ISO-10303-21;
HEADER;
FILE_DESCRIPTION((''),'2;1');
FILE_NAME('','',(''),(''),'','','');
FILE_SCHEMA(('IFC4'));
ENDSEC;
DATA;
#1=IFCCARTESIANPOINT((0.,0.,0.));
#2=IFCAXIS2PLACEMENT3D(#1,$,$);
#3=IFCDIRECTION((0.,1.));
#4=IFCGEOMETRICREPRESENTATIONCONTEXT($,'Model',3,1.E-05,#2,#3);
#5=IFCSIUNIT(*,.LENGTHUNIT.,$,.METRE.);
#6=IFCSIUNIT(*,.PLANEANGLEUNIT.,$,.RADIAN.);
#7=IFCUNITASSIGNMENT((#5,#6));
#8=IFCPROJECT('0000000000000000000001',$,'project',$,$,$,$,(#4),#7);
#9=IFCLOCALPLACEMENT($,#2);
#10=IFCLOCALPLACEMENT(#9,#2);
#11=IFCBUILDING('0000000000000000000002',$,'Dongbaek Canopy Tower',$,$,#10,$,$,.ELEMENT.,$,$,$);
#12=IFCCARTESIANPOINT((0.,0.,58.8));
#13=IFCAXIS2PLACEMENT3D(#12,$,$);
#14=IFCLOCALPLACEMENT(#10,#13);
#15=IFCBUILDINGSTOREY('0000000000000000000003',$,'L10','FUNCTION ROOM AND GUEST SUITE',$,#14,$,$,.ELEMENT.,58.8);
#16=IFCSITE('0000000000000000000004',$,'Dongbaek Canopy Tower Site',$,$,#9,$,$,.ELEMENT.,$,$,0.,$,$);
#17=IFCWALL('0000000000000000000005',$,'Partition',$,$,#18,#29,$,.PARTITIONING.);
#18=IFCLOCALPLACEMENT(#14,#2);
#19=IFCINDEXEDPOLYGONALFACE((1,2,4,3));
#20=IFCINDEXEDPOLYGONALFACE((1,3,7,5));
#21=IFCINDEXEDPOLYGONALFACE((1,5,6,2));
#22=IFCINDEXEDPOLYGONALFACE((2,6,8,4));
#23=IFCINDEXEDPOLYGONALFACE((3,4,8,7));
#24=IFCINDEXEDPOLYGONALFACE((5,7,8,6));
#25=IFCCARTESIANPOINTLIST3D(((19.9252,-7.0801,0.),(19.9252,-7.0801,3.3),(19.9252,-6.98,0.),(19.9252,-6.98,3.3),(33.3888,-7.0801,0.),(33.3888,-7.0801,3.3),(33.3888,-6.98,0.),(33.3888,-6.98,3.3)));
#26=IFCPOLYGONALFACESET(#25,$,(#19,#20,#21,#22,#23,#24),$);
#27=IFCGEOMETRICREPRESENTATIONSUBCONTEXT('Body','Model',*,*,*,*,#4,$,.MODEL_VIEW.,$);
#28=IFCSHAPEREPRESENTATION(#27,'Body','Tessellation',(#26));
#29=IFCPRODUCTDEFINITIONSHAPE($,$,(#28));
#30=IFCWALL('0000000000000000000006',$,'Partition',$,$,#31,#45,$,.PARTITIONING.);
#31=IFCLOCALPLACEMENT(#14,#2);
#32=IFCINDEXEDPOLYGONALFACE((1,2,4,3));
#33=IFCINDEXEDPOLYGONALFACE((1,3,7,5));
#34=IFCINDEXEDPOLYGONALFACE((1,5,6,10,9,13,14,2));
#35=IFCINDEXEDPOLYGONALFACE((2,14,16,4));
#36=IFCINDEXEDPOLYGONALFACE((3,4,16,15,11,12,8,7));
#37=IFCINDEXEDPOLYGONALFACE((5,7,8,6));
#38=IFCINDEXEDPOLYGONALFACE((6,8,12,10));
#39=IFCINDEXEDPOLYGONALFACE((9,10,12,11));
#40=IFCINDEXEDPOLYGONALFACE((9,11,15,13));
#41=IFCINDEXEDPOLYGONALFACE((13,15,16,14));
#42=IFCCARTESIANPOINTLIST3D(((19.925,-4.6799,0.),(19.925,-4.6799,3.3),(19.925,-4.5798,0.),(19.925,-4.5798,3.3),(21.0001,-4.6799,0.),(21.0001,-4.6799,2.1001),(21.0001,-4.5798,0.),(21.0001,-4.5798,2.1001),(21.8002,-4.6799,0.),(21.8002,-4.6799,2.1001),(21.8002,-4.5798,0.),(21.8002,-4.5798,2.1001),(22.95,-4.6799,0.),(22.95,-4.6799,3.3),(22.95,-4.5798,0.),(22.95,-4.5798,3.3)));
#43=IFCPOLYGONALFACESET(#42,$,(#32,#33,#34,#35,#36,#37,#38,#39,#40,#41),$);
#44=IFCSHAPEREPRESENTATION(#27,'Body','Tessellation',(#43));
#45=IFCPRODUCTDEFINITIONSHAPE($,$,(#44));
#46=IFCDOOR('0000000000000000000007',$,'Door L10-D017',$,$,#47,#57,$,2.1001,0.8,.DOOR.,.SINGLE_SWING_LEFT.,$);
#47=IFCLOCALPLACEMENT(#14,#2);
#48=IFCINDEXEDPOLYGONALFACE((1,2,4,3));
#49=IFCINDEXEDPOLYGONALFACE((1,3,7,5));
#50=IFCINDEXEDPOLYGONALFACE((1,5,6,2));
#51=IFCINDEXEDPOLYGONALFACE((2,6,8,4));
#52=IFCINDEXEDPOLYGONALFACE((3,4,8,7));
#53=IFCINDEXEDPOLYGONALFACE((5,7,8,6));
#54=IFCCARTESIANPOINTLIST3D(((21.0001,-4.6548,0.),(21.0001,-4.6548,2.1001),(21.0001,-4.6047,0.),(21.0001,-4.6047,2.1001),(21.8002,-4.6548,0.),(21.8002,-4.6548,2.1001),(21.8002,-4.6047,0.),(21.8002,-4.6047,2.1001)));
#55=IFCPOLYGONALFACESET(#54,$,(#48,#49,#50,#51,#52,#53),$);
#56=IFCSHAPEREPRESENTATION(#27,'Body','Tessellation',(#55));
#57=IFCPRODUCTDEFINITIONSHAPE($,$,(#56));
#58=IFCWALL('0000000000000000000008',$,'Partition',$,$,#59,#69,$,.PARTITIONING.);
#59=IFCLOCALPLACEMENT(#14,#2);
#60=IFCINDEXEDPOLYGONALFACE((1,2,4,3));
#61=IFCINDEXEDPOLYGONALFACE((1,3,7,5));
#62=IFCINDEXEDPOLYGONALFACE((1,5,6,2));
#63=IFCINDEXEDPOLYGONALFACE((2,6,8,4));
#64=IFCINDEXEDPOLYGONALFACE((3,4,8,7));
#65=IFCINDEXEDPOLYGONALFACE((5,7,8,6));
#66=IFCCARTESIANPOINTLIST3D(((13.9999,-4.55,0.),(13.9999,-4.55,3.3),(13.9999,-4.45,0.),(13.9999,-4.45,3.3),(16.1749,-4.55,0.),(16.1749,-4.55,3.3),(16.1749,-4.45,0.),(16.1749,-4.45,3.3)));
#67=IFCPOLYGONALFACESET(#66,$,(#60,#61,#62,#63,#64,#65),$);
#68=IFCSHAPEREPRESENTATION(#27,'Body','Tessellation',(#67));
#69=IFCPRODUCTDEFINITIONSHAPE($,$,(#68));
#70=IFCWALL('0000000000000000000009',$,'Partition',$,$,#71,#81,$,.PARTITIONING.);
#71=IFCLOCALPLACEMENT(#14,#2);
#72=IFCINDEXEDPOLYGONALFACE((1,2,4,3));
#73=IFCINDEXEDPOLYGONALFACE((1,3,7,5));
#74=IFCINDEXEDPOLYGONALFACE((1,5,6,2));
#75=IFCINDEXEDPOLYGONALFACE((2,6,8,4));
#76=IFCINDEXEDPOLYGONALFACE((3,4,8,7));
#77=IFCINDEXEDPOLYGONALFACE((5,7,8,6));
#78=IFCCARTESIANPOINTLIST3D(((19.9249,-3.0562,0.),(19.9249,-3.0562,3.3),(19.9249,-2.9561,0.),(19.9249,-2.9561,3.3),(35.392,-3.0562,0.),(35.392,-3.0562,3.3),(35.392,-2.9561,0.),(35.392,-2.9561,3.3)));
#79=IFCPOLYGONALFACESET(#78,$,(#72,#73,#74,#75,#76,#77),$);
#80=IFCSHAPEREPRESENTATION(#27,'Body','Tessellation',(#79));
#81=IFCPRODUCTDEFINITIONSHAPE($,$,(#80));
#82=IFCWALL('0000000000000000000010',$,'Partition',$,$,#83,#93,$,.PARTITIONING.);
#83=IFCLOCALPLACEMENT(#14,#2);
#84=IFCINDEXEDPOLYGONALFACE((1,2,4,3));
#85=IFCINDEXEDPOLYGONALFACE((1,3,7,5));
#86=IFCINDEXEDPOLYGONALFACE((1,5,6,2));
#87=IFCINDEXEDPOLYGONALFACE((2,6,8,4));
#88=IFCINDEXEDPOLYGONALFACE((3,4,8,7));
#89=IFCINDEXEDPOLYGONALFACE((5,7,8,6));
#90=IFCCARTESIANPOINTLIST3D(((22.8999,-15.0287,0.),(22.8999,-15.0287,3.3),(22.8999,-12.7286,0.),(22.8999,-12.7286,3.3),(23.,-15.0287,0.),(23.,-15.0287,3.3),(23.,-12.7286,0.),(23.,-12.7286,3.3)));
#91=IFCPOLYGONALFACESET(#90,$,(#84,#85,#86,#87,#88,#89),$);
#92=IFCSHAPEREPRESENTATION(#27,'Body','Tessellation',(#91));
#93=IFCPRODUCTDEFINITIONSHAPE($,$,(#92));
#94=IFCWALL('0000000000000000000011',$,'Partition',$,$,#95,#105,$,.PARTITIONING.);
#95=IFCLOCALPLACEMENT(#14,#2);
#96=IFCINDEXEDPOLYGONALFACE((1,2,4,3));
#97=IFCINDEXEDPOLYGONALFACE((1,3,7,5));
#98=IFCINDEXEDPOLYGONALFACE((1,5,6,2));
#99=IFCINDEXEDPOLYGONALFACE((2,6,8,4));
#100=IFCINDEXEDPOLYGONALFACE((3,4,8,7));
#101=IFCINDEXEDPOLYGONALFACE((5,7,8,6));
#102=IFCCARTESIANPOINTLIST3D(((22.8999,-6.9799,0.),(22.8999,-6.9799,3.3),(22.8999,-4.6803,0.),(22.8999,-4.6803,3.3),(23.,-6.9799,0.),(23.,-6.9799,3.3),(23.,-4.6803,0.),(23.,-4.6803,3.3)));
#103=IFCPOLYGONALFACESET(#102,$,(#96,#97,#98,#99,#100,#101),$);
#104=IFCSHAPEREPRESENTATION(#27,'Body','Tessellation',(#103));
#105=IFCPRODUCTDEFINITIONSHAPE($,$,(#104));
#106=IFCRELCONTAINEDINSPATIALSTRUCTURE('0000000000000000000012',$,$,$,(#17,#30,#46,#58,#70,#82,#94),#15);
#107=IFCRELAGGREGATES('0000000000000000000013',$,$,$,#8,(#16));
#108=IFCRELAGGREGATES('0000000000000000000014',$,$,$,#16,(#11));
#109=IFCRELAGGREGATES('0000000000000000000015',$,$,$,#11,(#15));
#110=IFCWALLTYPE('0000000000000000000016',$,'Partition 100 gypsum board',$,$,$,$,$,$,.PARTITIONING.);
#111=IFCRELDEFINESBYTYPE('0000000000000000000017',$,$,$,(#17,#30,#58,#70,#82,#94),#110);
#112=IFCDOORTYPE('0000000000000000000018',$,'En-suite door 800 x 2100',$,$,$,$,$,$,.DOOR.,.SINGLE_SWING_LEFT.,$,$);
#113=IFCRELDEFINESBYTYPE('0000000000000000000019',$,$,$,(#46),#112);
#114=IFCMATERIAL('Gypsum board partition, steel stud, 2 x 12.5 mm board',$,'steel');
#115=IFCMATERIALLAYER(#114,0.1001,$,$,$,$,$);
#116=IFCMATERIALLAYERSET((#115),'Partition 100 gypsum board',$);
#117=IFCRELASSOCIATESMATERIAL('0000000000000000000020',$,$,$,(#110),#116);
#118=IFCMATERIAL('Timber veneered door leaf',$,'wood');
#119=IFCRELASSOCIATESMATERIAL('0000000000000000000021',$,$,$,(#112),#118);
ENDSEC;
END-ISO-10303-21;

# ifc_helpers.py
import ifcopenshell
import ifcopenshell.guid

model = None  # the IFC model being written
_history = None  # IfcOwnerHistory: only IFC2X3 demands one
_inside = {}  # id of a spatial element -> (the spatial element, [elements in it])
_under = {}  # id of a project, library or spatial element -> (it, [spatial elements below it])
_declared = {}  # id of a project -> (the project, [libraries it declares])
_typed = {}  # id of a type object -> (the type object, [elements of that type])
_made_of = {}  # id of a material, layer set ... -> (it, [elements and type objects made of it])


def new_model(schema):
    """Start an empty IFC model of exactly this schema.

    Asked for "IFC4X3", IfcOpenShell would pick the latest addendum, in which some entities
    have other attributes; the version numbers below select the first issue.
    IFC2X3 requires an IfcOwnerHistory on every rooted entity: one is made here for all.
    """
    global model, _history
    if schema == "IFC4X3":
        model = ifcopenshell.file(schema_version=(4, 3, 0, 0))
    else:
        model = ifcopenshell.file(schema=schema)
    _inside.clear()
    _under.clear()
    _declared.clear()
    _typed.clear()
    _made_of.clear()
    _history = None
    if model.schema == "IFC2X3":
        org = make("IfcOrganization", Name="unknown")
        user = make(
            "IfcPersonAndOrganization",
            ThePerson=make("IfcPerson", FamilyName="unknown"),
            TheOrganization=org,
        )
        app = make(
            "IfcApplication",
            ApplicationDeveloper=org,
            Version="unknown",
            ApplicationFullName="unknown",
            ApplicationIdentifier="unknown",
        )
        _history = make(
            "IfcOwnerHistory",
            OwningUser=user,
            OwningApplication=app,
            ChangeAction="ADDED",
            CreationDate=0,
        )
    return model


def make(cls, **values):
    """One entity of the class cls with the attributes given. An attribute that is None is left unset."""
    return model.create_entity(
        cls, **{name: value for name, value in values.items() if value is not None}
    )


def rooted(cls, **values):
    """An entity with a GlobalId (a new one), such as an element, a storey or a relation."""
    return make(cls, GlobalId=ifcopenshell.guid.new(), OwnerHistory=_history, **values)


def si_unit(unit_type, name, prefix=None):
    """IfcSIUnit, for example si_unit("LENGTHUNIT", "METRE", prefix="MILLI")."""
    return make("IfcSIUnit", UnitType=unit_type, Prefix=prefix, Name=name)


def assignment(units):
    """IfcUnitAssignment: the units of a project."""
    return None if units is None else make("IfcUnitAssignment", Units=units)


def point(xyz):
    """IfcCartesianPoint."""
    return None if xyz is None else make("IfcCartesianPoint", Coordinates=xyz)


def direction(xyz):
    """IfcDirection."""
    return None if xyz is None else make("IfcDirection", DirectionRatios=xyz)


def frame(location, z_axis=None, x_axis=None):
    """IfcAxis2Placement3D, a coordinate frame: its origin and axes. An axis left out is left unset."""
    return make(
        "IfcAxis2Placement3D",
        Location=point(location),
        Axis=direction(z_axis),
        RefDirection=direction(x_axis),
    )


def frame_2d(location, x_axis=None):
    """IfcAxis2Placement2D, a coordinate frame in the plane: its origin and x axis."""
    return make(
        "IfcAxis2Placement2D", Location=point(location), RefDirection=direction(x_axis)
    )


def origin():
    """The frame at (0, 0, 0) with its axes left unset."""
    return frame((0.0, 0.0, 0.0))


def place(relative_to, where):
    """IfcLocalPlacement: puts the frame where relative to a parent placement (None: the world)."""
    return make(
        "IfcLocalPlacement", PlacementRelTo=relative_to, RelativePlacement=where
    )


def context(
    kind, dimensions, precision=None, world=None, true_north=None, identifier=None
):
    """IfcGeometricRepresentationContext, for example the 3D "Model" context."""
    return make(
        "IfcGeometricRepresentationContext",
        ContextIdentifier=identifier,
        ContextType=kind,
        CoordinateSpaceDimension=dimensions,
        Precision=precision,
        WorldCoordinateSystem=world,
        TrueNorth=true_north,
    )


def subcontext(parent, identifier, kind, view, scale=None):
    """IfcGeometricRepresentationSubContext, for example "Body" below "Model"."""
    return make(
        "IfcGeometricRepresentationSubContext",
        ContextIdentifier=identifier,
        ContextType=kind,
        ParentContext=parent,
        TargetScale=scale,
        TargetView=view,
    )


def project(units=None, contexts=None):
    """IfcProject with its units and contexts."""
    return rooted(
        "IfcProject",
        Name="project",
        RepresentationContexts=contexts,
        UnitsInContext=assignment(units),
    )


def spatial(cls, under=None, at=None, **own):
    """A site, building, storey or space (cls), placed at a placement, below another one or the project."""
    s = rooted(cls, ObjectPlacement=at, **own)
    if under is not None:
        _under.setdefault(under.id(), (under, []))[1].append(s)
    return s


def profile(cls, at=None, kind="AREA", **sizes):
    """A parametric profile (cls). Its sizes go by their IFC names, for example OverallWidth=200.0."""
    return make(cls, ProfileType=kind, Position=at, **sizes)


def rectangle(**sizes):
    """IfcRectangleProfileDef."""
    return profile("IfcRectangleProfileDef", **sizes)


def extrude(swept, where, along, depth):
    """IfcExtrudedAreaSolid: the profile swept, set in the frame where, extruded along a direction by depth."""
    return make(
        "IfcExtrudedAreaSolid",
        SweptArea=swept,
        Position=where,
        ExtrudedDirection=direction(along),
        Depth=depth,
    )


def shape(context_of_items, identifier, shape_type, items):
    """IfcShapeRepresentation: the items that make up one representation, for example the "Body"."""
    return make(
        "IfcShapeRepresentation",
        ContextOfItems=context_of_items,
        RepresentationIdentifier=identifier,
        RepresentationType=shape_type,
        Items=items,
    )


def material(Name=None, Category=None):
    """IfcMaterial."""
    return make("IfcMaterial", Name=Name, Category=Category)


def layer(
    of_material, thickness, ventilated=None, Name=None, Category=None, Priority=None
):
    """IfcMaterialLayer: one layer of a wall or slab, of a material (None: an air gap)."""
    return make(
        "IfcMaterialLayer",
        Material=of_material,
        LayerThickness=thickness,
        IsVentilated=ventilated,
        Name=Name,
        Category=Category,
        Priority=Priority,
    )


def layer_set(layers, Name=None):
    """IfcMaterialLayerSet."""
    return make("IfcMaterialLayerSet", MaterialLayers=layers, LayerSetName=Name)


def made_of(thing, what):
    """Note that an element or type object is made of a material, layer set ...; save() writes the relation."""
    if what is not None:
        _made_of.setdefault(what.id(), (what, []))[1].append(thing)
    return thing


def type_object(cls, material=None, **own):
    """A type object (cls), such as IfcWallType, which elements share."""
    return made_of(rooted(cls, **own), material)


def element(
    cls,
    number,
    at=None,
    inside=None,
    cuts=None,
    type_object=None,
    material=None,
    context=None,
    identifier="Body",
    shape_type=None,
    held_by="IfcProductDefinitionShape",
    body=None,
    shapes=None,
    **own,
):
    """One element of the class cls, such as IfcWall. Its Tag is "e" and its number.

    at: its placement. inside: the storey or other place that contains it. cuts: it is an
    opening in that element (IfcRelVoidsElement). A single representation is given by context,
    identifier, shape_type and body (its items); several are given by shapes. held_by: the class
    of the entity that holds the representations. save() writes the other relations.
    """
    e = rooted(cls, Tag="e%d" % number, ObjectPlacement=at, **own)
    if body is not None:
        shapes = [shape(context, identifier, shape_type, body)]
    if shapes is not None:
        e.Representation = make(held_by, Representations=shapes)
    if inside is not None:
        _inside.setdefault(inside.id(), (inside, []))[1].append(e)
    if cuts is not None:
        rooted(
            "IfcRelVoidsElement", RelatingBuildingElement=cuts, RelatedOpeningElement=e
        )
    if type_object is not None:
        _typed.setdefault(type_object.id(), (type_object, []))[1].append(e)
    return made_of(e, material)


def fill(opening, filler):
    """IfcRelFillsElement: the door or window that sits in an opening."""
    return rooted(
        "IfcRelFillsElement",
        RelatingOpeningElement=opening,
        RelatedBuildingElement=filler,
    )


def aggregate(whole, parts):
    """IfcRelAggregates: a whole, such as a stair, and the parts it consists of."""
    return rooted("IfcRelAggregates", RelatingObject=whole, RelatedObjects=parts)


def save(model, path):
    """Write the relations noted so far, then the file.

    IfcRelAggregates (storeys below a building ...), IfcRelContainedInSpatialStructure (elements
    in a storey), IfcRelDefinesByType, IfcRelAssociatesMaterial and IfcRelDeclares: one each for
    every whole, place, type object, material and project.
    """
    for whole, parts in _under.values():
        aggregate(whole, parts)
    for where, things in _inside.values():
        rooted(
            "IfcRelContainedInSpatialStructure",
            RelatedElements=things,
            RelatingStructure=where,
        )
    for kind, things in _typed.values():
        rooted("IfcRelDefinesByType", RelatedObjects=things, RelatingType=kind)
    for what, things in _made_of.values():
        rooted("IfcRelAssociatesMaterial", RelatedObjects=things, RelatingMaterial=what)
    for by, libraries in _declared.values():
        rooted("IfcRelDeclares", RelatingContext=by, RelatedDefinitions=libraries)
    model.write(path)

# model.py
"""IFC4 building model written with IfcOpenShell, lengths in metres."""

from ifc_helpers import new_model, si_unit, direction, frame, frame_2d, origin, place, context, subcontext, project, spatial, rectangle, extrude, material, layer, layer_set, type_object, element, fill, save


model = new_model("IFC4")

# Units and contexts
model_context = context("Model", 3, precision=1e-05, world=origin(), true_north=direction((0.0, 1.0)))
body_context = subcontext(model_context, "Body", "Model", "MODEL_VIEW")
ifc_project = project(units=[si_unit("LENGTHUNIT", "METRE"), si_unit("PLANEANGLEUNIT", "RADIAN")], contexts=[model_context])

# Site, building, storey
site_placement = place(None, origin())
site = spatial("IfcSite", under=ifc_project, at=site_placement, Name="Dongbaek Canopy Tower Site", CompositionType="ELEMENT", RefElevation=0.0)
building_placement = place(site_placement, origin())
building = spatial("IfcBuilding", under=site, at=building_placement, Name="Dongbaek Canopy Tower", CompositionType="ELEMENT")
storey_placement = place(building_placement, frame((0.0, 0.0, 58.8)))
storey = spatial("IfcBuildingStorey", under=building, at=storey_placement, Name="L10", Description="FUNCTION ROOM AND GUEST SUITE", CompositionType="ELEMENT", Elevation=58.8)

# Shared definitions
ifc_material_1 = material(Name="Gypsum board partition, steel stud, 2 x 12.5 mm board", Category="steel")
ifc_layer_1 = layer(ifc_material_1, 0.1001)
ifc_layer_set_1 = layer_set([ifc_layer_1], Name="Partition 100 gypsum board")
wall_type_1 = type_object("IfcWallType", Name="Partition 100 gypsum board", PredefinedType="PARTITIONING", material=ifc_layer_set_1)

# Shared definitions
ifc_material_2 = material(Name="Timber veneered door leaf", Category="wood")
door_type_1 = type_object("IfcDoorType", Name="En-suite door 800 x 2100", OperationType="SINGLE_SWING_LEFT", PredefinedType="DOOR", material=ifc_material_2)

# Wall
wall_1_placement = place(storey_placement, frame((19.925, -7.03, 0.0), z_axis=(0.0, 0.0, 1.0), x_axis=(1.0, 0.0, 0.0)))
element("IfcWall", 1, at=wall_1_placement, inside=storey, type_object=wall_type_1, Name="Partition", PredefinedType="PARTITIONING", context=body_context, shape_type="SweptSolid", body=[
    extrude(rectangle(XDim=13.4636, YDim=0.1001, at=frame_2d((6.7319, 0.0))), origin(), (0.0, 0.0, 1.0), 3.3),
])

# Wall, opening, door
wall_2_placement = place(storey_placement, frame((22.95, -4.6299, 0.0), z_axis=(0.0, 0.0, 1.0), x_axis=(-1.0, 0.0, 0.0)))
wall_2 = element("IfcWall", 2, at=wall_2_placement, inside=storey, type_object=wall_type_1, Name="Partition", PredefinedType="PARTITIONING", context=body_context, shape_type="SweptSolid", body=[
    extrude(rectangle(XDim=3.0249, YDim=0.1001, at=frame_2d((1.5125, 0.0))), origin(), (0.0, 0.0, 1.0), 3.3),
])
opening_1_placement = place(wall_2_placement, frame((1.1499, 0.0, 0.0)))
opening_1 = element("IfcOpeningElement", 3, at=opening_1_placement, cuts=wall_2, PredefinedType="OPENING", context=body_context, shape_type="SweptSolid", body=[
    extrude(rectangle(XDim=0.8, YDim=2.1001, at=frame_2d((0.3999, 1.05))), frame((0.0, 0.0601, 0.0), z_axis=(0.0, -1.0, 0.0), x_axis=(1.0, 0.0, 0.0)), (0.0, 0.0, 1.0), 0.1201),
])
door_1_placement = place(opening_1_placement, origin())
door_1 = element("IfcDoor", 4, at=door_1_placement, inside=storey, type_object=door_type_1, Name="Door L10-D017", OperationType="SINGLE_SWING_LEFT", OverallHeight=2.1001, OverallWidth=0.8, PredefinedType="DOOR", context=body_context, shape_type="SweptSolid", body=[
    extrude(rectangle(XDim=0.8, YDim=2.1001, at=frame_2d((0.3999, 1.05))), frame((0.0, 0.0249, 0.0), z_axis=(0.0, -1.0, 0.0), x_axis=(1.0, 0.0, 0.0)), (0.0, 0.0, 1.0), 0.05),
])
fill(opening_1, door_1)

# Walls
wall_3_placement = place(storey_placement, frame((14.0, -4.5, 0.0), z_axis=(0.0, 0.0, 1.0), x_axis=(1.0, 0.0, 0.0)))
element("IfcWall", 5, at=wall_3_placement, inside=storey, type_object=wall_type_1, Name="Partition", PredefinedType="PARTITIONING", context=body_context, shape_type="SweptSolid", body=[
    extrude(rectangle(XDim=2.175, YDim=0.1001, at=frame_2d((1.0874, 0.0))), origin(), (0.0, 0.0, 1.0), 3.3),
])
wall_4_placement = place(storey_placement, frame((19.925, -3.0061, 0.0), z_axis=(0.0, 0.0, 1.0), x_axis=(1.0, 0.0, 0.0)))
element("IfcWall", 6, at=wall_4_placement, inside=storey, type_object=wall_type_1, Name="Partition", PredefinedType="PARTITIONING", context=body_context, shape_type="SweptSolid", body=[
    extrude(rectangle(XDim=15.467, YDim=0.1001, at=frame_2d((7.7334, 0.0))), origin(), (0.0, 0.0, 1.0), 3.3),
])
wall_5_placement = place(storey_placement, frame((22.95, -15.0286, 0.0), z_axis=(0.0, 0.0, 1.0), x_axis=(0.0, 1.0, 0.0)))
element("IfcWall", 7, at=wall_5_placement, inside=storey, type_object=wall_type_1, Name="Partition", PredefinedType="PARTITIONING", context=body_context, shape_type="SweptSolid", body=[
    extrude(rectangle(XDim=2.3, YDim=0.1001, at=frame_2d((1.1499, 0.0))), origin(), (0.0, 0.0, 1.0), 3.3),
])
wall_6_placement = place(storey_placement, frame((22.95, -6.98, 0.0), z_axis=(0.0, 0.0, 1.0), x_axis=(0.0, 1.0, 0.0)))
element("IfcWall", 8, at=wall_6_placement, inside=storey, type_object=wall_type_1, Name="Partition", PredefinedType="PARTITIONING", context=body_context, shape_type="SweptSolid", body=[
    extrude(rectangle(XDim=2.2996, YDim=0.1001, at=frame_2d((1.1499, 0.0))), origin(), (0.0, 0.0, 1.0), 3.3),
])

save(model, "model.ifc")
